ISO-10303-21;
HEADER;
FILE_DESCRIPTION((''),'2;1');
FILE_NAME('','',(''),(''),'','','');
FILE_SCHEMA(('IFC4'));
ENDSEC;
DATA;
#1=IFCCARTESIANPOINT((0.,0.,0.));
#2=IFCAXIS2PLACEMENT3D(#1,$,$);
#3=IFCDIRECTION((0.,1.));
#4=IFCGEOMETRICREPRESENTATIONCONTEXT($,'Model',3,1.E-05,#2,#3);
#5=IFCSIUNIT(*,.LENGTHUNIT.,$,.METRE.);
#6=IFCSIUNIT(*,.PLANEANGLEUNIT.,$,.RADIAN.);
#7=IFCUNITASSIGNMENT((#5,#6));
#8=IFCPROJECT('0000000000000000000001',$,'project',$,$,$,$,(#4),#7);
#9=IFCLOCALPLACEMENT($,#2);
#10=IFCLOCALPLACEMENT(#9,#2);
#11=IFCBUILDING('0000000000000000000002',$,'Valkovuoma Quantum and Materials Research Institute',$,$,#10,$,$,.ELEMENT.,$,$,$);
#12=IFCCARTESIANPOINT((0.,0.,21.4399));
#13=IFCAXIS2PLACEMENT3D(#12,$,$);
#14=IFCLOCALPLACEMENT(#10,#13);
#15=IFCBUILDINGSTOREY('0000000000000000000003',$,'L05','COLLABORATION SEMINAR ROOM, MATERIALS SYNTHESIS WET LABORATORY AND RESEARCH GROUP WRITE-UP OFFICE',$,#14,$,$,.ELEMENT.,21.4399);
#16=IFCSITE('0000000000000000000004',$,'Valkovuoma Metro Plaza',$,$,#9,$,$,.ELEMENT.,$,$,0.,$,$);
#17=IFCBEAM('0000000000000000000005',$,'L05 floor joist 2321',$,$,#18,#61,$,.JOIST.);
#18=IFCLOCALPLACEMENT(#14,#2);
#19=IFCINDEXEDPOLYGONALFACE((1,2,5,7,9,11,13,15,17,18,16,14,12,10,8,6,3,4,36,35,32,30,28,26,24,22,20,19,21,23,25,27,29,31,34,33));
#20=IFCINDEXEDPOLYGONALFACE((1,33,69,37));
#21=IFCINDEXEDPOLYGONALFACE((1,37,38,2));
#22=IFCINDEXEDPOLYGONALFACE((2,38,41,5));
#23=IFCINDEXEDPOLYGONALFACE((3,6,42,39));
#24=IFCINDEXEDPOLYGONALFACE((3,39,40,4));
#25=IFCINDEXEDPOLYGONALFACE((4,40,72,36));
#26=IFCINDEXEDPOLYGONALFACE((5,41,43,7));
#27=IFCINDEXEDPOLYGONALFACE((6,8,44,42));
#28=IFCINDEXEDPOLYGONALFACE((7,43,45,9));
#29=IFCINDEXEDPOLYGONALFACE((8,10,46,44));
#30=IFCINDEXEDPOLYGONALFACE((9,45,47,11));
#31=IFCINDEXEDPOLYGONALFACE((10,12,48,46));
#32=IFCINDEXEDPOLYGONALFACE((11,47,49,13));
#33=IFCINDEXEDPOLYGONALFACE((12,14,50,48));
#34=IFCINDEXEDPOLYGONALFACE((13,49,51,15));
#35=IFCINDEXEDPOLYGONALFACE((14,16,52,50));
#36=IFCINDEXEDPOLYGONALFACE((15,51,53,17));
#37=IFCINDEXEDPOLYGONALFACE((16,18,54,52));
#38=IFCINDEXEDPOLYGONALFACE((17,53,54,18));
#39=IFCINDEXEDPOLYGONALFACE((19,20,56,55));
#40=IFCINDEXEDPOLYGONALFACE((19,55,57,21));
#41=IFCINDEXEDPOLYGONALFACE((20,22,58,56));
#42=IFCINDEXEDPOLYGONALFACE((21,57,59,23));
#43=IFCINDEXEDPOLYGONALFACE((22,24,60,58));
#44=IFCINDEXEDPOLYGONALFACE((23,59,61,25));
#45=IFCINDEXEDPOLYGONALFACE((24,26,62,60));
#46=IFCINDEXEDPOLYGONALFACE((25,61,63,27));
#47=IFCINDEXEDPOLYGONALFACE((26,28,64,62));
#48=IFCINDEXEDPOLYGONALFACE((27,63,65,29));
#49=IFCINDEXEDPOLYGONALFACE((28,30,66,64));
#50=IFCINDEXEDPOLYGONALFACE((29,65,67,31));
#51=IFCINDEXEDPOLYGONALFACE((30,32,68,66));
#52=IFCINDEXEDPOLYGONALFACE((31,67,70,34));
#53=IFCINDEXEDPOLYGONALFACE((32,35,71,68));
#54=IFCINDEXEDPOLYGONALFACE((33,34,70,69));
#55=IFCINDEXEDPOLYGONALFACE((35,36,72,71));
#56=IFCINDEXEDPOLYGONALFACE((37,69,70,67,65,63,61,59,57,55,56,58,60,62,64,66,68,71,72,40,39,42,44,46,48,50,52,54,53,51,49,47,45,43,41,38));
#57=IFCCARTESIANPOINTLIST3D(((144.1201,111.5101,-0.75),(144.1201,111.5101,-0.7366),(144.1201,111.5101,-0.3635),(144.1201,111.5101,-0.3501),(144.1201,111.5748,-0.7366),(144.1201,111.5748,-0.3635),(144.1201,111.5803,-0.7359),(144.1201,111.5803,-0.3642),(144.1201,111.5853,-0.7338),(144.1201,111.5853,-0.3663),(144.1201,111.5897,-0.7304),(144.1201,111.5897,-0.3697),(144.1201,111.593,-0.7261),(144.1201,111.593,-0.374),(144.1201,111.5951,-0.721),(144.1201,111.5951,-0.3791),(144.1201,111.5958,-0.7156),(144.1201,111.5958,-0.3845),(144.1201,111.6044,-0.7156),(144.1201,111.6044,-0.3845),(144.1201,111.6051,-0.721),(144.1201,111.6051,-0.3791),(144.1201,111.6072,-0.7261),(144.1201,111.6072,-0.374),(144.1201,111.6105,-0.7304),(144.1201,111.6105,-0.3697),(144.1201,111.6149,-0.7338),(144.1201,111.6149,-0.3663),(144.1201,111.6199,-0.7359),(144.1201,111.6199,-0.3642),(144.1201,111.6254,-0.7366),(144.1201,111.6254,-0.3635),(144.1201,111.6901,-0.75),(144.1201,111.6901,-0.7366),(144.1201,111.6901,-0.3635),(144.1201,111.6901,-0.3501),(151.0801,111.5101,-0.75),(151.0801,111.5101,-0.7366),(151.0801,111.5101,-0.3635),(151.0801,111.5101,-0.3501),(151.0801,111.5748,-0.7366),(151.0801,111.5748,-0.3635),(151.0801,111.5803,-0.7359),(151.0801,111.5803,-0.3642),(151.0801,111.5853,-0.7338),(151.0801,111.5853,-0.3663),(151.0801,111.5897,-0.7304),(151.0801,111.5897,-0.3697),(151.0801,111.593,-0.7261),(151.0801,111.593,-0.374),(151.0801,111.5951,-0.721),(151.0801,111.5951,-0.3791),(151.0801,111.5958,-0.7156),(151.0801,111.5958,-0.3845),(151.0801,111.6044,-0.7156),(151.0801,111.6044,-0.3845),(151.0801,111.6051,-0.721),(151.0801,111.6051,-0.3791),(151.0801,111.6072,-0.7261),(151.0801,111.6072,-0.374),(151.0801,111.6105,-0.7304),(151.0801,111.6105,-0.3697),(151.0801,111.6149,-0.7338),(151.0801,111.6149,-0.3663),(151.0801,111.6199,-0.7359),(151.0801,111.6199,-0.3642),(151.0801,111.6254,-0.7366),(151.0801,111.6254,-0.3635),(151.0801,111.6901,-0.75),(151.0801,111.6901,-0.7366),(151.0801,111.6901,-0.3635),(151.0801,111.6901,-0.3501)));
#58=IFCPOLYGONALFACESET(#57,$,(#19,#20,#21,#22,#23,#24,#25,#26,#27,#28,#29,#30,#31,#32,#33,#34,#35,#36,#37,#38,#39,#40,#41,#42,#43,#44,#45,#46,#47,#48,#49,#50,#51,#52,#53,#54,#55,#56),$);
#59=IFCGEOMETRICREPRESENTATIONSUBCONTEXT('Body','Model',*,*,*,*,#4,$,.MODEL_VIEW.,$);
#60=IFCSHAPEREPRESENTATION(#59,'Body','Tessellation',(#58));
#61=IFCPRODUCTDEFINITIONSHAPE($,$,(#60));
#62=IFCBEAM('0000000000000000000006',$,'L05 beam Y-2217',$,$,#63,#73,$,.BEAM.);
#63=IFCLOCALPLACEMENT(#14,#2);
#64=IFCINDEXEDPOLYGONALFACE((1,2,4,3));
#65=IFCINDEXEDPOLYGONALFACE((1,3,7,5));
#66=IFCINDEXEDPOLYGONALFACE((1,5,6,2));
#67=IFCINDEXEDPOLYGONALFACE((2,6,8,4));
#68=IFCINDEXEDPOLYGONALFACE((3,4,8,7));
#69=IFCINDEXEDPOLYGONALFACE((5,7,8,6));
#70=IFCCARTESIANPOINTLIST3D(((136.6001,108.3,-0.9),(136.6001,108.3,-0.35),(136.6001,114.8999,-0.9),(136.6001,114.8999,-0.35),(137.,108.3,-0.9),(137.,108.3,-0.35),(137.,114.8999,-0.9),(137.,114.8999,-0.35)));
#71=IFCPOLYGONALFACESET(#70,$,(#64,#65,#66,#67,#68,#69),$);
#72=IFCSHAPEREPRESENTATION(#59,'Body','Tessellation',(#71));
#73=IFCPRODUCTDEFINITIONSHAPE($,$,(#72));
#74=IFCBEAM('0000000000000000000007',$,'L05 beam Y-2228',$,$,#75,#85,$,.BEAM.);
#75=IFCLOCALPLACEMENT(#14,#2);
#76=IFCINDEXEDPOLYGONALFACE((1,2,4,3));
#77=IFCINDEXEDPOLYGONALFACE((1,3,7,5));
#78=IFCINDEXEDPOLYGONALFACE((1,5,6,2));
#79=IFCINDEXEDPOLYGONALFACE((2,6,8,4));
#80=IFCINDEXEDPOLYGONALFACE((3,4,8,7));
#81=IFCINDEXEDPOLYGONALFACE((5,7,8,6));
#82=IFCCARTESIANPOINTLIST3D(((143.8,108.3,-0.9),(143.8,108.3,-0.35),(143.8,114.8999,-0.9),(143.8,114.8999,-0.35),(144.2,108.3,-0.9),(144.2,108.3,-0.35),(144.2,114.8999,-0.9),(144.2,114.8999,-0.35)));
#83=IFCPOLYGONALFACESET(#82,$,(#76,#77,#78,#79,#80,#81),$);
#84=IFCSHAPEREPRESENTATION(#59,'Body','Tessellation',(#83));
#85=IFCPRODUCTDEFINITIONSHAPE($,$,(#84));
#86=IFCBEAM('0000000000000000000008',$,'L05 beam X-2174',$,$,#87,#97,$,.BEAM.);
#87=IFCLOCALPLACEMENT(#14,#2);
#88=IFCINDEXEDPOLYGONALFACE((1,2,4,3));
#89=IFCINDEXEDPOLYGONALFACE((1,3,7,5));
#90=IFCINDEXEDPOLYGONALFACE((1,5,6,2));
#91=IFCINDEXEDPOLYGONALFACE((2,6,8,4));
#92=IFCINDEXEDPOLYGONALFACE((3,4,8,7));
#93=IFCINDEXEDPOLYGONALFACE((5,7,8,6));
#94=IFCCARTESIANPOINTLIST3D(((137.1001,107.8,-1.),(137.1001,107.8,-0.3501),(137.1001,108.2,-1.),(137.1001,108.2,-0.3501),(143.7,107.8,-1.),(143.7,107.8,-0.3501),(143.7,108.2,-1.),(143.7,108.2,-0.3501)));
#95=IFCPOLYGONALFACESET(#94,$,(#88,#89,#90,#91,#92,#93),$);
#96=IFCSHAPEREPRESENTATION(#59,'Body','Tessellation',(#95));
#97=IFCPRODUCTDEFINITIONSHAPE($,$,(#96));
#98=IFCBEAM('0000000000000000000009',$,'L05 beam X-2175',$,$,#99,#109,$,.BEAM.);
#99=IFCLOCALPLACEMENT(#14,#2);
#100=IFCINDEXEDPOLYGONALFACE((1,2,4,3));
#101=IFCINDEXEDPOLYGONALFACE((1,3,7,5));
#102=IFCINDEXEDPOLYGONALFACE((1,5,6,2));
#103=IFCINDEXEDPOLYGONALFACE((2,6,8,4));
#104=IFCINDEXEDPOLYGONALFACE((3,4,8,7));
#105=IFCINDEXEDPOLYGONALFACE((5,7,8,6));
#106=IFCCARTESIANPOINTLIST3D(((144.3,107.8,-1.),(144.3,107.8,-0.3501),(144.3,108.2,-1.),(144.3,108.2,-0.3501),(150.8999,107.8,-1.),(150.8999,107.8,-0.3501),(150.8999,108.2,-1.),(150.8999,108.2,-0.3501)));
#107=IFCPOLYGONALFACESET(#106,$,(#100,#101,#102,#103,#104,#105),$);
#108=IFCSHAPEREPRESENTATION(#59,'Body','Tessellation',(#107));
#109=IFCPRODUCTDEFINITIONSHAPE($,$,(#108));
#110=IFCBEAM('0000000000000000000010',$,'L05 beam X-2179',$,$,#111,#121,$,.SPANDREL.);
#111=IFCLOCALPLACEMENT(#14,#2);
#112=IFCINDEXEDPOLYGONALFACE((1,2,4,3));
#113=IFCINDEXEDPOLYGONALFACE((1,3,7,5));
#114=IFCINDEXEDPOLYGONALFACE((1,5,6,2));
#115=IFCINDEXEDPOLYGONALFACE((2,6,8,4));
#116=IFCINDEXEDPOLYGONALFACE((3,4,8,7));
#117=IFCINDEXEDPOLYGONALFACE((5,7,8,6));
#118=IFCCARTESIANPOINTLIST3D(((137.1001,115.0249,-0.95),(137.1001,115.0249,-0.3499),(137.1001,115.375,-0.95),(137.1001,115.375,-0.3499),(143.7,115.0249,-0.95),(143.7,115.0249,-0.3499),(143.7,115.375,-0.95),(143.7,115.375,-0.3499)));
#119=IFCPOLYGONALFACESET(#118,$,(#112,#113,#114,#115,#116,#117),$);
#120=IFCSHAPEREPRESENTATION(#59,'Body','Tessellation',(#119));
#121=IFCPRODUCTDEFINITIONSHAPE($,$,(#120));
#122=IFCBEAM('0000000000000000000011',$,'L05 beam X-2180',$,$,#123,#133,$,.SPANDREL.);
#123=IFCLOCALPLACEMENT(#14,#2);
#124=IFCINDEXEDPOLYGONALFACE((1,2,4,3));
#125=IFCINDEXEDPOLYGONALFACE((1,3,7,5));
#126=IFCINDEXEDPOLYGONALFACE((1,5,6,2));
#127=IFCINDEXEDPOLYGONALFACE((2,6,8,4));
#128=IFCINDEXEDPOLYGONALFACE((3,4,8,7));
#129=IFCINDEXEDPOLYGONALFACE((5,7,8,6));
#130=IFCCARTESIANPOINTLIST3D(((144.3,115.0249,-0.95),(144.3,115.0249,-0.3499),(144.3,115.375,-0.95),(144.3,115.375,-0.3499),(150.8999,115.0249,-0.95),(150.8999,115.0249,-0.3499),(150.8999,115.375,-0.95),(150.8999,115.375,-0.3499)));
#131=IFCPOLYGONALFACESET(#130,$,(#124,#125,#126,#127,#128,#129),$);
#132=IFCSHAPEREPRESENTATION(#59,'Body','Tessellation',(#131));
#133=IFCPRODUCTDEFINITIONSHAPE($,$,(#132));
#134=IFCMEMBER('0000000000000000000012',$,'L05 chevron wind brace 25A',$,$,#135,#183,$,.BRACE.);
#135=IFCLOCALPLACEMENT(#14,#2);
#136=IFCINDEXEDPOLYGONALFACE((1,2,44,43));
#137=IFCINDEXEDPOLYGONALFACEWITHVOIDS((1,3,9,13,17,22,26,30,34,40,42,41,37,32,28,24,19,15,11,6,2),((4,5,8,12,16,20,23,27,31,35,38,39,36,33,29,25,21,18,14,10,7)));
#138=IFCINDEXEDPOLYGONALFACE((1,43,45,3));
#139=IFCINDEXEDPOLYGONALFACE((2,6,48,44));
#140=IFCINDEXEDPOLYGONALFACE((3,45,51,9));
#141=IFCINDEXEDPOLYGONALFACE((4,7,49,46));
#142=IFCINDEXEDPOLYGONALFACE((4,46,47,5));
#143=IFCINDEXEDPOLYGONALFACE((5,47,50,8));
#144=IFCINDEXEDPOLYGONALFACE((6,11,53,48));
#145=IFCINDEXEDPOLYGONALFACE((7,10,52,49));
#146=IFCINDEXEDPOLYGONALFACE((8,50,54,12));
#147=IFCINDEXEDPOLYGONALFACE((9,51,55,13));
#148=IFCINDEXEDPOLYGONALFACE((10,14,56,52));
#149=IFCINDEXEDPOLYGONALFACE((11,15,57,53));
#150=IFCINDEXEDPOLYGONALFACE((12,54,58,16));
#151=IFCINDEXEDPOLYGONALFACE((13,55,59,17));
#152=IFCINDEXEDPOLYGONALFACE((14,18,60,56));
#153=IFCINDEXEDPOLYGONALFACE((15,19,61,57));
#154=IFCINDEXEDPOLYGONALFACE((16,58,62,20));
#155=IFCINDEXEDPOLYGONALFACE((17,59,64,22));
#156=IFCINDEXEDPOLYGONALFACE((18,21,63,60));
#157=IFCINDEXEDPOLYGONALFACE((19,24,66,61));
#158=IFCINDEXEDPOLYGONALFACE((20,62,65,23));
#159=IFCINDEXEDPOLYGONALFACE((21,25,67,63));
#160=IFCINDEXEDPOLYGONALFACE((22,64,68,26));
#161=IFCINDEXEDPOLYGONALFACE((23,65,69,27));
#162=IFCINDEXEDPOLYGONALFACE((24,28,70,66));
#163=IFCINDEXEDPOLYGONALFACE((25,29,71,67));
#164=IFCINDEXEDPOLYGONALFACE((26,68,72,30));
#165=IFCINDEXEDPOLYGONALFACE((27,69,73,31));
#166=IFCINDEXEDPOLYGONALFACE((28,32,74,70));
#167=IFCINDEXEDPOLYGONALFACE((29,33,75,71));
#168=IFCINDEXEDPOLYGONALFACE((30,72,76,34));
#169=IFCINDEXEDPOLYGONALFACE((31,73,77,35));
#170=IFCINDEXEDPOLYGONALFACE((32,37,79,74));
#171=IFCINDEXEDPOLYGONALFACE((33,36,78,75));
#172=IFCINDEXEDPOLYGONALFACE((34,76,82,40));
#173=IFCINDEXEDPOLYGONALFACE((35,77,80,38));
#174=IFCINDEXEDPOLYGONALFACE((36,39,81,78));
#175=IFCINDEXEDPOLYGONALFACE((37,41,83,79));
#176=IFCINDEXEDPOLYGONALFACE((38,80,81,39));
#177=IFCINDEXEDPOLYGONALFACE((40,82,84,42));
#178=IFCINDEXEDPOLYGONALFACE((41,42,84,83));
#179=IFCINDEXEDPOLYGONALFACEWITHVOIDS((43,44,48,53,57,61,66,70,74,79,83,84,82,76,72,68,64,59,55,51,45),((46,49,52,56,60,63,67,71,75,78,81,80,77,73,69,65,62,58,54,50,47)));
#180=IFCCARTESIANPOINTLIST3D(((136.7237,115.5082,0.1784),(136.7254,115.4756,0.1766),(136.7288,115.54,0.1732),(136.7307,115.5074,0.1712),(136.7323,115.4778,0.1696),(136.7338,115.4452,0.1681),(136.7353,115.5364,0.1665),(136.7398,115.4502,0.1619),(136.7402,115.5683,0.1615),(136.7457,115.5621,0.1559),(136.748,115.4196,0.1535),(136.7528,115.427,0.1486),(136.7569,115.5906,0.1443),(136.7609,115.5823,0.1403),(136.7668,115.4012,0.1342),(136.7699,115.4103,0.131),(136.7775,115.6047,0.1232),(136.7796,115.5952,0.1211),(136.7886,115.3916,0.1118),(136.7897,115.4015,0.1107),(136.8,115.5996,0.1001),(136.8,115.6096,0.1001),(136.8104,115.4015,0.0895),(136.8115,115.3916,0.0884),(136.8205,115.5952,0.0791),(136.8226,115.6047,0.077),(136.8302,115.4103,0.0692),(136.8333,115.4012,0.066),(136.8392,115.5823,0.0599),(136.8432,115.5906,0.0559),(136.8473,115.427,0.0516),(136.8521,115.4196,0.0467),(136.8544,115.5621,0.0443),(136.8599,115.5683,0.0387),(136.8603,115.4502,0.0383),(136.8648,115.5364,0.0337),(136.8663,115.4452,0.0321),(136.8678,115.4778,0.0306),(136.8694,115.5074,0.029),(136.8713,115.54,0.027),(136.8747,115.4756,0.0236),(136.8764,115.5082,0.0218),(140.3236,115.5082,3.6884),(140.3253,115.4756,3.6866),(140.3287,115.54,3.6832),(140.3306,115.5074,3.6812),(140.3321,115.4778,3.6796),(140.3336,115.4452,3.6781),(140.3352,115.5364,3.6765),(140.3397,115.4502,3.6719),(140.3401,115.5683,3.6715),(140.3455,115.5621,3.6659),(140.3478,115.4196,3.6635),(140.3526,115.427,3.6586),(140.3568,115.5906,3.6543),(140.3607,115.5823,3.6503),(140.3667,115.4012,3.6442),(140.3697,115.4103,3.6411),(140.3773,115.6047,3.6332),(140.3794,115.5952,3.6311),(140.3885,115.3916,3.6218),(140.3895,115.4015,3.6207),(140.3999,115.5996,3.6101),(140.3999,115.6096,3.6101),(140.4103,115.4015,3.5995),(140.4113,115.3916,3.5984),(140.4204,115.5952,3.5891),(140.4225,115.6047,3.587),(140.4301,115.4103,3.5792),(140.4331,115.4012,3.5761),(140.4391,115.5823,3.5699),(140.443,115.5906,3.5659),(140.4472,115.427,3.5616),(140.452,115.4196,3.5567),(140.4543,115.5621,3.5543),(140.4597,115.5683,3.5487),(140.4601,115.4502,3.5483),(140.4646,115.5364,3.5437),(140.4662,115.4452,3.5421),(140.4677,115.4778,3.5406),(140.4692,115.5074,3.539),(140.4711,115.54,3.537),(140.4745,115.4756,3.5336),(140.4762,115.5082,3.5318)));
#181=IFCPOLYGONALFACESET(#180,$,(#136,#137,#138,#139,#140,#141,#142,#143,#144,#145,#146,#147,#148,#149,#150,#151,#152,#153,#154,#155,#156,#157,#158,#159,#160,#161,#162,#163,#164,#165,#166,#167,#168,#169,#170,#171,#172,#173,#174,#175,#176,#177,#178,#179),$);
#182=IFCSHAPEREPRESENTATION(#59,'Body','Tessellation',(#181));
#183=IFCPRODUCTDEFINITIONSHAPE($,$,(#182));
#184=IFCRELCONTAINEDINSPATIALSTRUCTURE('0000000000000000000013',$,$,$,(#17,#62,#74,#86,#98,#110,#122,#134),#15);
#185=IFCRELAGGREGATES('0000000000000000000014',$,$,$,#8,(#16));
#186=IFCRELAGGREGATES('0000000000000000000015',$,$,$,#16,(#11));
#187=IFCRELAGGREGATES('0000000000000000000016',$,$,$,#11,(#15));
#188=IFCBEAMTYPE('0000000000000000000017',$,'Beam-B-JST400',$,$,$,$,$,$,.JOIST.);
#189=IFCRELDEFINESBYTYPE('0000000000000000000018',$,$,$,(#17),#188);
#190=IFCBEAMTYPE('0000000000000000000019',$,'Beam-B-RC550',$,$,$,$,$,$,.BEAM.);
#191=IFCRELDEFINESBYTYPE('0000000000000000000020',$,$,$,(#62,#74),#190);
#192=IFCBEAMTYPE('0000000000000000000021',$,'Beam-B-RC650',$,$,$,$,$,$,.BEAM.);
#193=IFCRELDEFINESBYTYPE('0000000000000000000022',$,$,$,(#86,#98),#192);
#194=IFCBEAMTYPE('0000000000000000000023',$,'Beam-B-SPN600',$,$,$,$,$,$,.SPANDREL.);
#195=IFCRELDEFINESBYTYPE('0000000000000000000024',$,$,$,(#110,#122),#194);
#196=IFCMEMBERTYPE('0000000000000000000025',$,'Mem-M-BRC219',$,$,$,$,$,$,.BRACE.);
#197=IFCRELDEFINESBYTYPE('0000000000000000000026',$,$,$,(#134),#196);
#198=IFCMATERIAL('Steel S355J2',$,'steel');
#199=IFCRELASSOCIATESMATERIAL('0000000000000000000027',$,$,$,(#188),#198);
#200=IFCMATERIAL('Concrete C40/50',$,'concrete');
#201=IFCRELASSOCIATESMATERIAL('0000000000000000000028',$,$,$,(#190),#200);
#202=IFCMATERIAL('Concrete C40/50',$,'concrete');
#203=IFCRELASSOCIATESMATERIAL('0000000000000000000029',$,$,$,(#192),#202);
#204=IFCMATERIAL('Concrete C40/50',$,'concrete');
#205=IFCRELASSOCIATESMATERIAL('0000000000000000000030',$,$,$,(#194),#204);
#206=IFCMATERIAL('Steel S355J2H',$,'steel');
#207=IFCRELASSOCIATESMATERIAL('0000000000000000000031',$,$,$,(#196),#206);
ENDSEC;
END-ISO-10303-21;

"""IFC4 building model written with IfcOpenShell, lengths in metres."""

from ifc_helpers import new_model, si_unit, direction, frame, origin, origin_2d, place, context, subcontext, project, spatial, rectangle, hollow_circle, i_section, extrude, material, material_profile, profile_set, type_object, element, save


model = new_model("IFC4")

# Units and contexts
model_context = context("Model", 3, precision=1e-05, world=origin(), true_north=direction((0.0, 1.0)))
body_context = subcontext(model_context, "Body", "Model", "MODEL_VIEW")
ifc_project = project(units=[si_unit("LENGTHUNIT", "METRE"), si_unit("PLANEANGLEUNIT", "RADIAN")], contexts=[model_context])

# Site, building, storey
site_placement = place(None, origin())
site = spatial("IfcSite", under=ifc_project, at=site_placement, Name="Valkovuoma Metro Plaza", CompositionType="ELEMENT", RefElevation=0.0)
building_placement = place(site_placement, origin())
building = spatial("IfcBuilding", under=site, at=building_placement, Name="Valkovuoma Quantum and Materials Research Institute", CompositionType="ELEMENT")
storey_placement = place(building_placement, frame((0.0, 0.0, 21.4399)))
storey = spatial("IfcBuildingStorey", under=building, at=storey_placement, Name="L05", Description="COLLABORATION SEMINAR ROOM, MATERIALS SYNTHESIS WET LABORATORY AND RESEARCH GROUP WRITE-UP OFFICE", CompositionType="ELEMENT", Elevation=21.4399)

# Beams
ifc_material_1 = material(Name="Steel S355J2", Category="steel")
ifc_material_profile_1 = material_profile(ifc_material_1, i_section(OverallWidth=0.1799, OverallDepth=0.3999, WebThickness=0.0085, FlangeThickness=0.0134, FilletRadius=0.021, at=origin_2d()), Name="Steel S355J2")
ifc_profile_set_1 = profile_set([ifc_material_profile_1], Name="Steel S355J2")
beam_type_1 = type_object("IfcBeamType", Name="Beam-B-JST400", PredefinedType="JOIST", material=ifc_profile_set_1)
for number, where, z_axis, x_axis, name in (
    (1, (144.1201, 111.6001, -0.55), (1.0, 0.0, 0.0), (0.0, 1.0, 0.0), "L05 floor joist 2321"),
):
    element("IfcBeam", number, at=place(storey_placement, frame(where, z_axis=z_axis, x_axis=x_axis)), inside=storey, type_object=beam_type_1, Name=name, PredefinedType="JOIST", context=body_context, shape_type="SweptSolid", body=[
        extrude(i_section(OverallWidth=0.1799, OverallDepth=0.3999, WebThickness=0.0085, FlangeThickness=0.0134, FilletRadius=0.021, at=origin_2d()), origin(), (0.0, 0.0, 1.0), 6.96),
    ])
ifc_material_2 = material(Name="Concrete C40/50", Category="concrete")
ifc_material_profile_2 = material_profile(ifc_material_2, rectangle(XDim=0.3999, YDim=0.55, at=origin_2d()), Name="Concrete C40/50")
ifc_profile_set_2 = profile_set([ifc_material_profile_2], Name="Concrete C40/50")
beam_type_2 = type_object("IfcBeamType", Name="Beam-B-RC550", PredefinedType="BEAM", material=ifc_profile_set_2)
for number, where, z_axis, x_axis, name in (
    (2, (136.8, 108.3, -0.625), (0.0, 1.0, 0.0), (-1.0, 0.0, 0.0), "L05 beam Y-2217"),
    (3, (144.0, 108.3, -0.625), (0.0, 1.0, 0.0), (-1.0, 0.0, 0.0), "L05 beam Y-2228"),
):
    element("IfcBeam", number, at=place(storey_placement, frame(where, z_axis=z_axis, x_axis=x_axis)), inside=storey, type_object=beam_type_2, Name=name, PredefinedType="BEAM", context=body_context, shape_type="SweptSolid", body=[
        extrude(rectangle(XDim=0.3999, YDim=0.55, at=origin_2d()), origin(), (0.0, 0.0, 1.0), 6.5999),
    ])
ifc_material_3 = material(Name="Concrete C40/50", Category="concrete")
ifc_material_profile_3 = material_profile(ifc_material_3, rectangle(XDim=0.3999, YDim=0.6499, at=origin_2d()), Name="Concrete C40/50")
ifc_profile_set_3 = profile_set([ifc_material_profile_3], Name="Concrete C40/50")
beam_type_3 = type_object("IfcBeamType", Name="Beam-B-RC650", PredefinedType="BEAM", material=ifc_profile_set_3)
for number, where, z_axis, x_axis, name in (
    (4, (137.1001, 108.0, -0.675), (1.0, 0.0, 0.0), (0.0, 1.0, 0.0), "L05 beam X-2174"),
    (5, (144.3, 108.0, -0.675), (1.0, 0.0, 0.0), (0.0, 1.0, 0.0), "L05 beam X-2175"),
):
    element("IfcBeam", number, at=place(storey_placement, frame(where, z_axis=z_axis, x_axis=x_axis)), inside=storey, type_object=beam_type_3, Name=name, PredefinedType="BEAM", context=body_context, shape_type="SweptSolid", body=[
        extrude(rectangle(XDim=0.3999, YDim=0.6499, at=origin_2d()), origin(), (0.0, 0.0, 1.0), 6.5999),
    ])
ifc_material_4 = material(Name="Concrete C40/50", Category="concrete")
ifc_material_profile_4 = material_profile(ifc_material_4, rectangle(XDim=0.3501, YDim=0.6001, at=origin_2d()), Name="Concrete C40/50")
ifc_profile_set_4 = profile_set([ifc_material_profile_4], Name="Concrete C40/50")
beam_type_4 = type_object("IfcBeamType", Name="Beam-B-SPN600", PredefinedType="SPANDREL", material=ifc_profile_set_4)
for number, where, z_axis, x_axis, name in (
    (6, (137.1001, 115.2, -0.6499), (1.0, 0.0, 0.0), (0.0, 1.0, 0.0), "L05 beam X-2179"),
    (7, (144.3, 115.2, -0.6499), (1.0, 0.0, 0.0), (0.0, 1.0, 0.0), "L05 beam X-2180"),
):
    element("IfcBeam", number, at=place(storey_placement, frame(where, z_axis=z_axis, x_axis=x_axis)), inside=storey, type_object=beam_type_4, Name=name, PredefinedType="SPANDREL", context=body_context, shape_type="SweptSolid", body=[
        extrude(rectangle(XDim=0.3501, YDim=0.6001, at=origin_2d()), origin(), (0.0, 0.0, 1.0), 6.5999),
    ])

# Member
ifc_material_5 = material(Name="Steel S355J2H", Category="steel")
ifc_material_profile_5 = material_profile(ifc_material_5, hollow_circle(Radius=0.1096, WallThickness=0.01, at=origin_2d()), Name="Steel S355J2H")
ifc_profile_set_5 = profile_set([ifc_material_profile_5], Name="Steel S355J2H")
member_type = type_object("IfcMemberType", Name="Mem-M-BRC219", PredefinedType="BRACE", material=ifc_profile_set_5)
member_1_placement = place(storey_placement, frame((136.8, 115.5, 0.1001), z_axis=(0.715985, 0.0, 0.698116), x_axis=(0.0, 1.0, 0.0)))
element("IfcMember", 8, at=member_1_placement, inside=storey, type_object=member_type, Name="L05 chevron wind brace 25A", PredefinedType="BRACE", context=body_context, shape_type="SweptSolid", body=[
    extrude(hollow_circle(Radius=0.1096, WallThickness=0.01, at=origin_2d()), origin(), (0.0, 0.0, 1.0), 5.0278),
])

save(model, "model.ifc")
